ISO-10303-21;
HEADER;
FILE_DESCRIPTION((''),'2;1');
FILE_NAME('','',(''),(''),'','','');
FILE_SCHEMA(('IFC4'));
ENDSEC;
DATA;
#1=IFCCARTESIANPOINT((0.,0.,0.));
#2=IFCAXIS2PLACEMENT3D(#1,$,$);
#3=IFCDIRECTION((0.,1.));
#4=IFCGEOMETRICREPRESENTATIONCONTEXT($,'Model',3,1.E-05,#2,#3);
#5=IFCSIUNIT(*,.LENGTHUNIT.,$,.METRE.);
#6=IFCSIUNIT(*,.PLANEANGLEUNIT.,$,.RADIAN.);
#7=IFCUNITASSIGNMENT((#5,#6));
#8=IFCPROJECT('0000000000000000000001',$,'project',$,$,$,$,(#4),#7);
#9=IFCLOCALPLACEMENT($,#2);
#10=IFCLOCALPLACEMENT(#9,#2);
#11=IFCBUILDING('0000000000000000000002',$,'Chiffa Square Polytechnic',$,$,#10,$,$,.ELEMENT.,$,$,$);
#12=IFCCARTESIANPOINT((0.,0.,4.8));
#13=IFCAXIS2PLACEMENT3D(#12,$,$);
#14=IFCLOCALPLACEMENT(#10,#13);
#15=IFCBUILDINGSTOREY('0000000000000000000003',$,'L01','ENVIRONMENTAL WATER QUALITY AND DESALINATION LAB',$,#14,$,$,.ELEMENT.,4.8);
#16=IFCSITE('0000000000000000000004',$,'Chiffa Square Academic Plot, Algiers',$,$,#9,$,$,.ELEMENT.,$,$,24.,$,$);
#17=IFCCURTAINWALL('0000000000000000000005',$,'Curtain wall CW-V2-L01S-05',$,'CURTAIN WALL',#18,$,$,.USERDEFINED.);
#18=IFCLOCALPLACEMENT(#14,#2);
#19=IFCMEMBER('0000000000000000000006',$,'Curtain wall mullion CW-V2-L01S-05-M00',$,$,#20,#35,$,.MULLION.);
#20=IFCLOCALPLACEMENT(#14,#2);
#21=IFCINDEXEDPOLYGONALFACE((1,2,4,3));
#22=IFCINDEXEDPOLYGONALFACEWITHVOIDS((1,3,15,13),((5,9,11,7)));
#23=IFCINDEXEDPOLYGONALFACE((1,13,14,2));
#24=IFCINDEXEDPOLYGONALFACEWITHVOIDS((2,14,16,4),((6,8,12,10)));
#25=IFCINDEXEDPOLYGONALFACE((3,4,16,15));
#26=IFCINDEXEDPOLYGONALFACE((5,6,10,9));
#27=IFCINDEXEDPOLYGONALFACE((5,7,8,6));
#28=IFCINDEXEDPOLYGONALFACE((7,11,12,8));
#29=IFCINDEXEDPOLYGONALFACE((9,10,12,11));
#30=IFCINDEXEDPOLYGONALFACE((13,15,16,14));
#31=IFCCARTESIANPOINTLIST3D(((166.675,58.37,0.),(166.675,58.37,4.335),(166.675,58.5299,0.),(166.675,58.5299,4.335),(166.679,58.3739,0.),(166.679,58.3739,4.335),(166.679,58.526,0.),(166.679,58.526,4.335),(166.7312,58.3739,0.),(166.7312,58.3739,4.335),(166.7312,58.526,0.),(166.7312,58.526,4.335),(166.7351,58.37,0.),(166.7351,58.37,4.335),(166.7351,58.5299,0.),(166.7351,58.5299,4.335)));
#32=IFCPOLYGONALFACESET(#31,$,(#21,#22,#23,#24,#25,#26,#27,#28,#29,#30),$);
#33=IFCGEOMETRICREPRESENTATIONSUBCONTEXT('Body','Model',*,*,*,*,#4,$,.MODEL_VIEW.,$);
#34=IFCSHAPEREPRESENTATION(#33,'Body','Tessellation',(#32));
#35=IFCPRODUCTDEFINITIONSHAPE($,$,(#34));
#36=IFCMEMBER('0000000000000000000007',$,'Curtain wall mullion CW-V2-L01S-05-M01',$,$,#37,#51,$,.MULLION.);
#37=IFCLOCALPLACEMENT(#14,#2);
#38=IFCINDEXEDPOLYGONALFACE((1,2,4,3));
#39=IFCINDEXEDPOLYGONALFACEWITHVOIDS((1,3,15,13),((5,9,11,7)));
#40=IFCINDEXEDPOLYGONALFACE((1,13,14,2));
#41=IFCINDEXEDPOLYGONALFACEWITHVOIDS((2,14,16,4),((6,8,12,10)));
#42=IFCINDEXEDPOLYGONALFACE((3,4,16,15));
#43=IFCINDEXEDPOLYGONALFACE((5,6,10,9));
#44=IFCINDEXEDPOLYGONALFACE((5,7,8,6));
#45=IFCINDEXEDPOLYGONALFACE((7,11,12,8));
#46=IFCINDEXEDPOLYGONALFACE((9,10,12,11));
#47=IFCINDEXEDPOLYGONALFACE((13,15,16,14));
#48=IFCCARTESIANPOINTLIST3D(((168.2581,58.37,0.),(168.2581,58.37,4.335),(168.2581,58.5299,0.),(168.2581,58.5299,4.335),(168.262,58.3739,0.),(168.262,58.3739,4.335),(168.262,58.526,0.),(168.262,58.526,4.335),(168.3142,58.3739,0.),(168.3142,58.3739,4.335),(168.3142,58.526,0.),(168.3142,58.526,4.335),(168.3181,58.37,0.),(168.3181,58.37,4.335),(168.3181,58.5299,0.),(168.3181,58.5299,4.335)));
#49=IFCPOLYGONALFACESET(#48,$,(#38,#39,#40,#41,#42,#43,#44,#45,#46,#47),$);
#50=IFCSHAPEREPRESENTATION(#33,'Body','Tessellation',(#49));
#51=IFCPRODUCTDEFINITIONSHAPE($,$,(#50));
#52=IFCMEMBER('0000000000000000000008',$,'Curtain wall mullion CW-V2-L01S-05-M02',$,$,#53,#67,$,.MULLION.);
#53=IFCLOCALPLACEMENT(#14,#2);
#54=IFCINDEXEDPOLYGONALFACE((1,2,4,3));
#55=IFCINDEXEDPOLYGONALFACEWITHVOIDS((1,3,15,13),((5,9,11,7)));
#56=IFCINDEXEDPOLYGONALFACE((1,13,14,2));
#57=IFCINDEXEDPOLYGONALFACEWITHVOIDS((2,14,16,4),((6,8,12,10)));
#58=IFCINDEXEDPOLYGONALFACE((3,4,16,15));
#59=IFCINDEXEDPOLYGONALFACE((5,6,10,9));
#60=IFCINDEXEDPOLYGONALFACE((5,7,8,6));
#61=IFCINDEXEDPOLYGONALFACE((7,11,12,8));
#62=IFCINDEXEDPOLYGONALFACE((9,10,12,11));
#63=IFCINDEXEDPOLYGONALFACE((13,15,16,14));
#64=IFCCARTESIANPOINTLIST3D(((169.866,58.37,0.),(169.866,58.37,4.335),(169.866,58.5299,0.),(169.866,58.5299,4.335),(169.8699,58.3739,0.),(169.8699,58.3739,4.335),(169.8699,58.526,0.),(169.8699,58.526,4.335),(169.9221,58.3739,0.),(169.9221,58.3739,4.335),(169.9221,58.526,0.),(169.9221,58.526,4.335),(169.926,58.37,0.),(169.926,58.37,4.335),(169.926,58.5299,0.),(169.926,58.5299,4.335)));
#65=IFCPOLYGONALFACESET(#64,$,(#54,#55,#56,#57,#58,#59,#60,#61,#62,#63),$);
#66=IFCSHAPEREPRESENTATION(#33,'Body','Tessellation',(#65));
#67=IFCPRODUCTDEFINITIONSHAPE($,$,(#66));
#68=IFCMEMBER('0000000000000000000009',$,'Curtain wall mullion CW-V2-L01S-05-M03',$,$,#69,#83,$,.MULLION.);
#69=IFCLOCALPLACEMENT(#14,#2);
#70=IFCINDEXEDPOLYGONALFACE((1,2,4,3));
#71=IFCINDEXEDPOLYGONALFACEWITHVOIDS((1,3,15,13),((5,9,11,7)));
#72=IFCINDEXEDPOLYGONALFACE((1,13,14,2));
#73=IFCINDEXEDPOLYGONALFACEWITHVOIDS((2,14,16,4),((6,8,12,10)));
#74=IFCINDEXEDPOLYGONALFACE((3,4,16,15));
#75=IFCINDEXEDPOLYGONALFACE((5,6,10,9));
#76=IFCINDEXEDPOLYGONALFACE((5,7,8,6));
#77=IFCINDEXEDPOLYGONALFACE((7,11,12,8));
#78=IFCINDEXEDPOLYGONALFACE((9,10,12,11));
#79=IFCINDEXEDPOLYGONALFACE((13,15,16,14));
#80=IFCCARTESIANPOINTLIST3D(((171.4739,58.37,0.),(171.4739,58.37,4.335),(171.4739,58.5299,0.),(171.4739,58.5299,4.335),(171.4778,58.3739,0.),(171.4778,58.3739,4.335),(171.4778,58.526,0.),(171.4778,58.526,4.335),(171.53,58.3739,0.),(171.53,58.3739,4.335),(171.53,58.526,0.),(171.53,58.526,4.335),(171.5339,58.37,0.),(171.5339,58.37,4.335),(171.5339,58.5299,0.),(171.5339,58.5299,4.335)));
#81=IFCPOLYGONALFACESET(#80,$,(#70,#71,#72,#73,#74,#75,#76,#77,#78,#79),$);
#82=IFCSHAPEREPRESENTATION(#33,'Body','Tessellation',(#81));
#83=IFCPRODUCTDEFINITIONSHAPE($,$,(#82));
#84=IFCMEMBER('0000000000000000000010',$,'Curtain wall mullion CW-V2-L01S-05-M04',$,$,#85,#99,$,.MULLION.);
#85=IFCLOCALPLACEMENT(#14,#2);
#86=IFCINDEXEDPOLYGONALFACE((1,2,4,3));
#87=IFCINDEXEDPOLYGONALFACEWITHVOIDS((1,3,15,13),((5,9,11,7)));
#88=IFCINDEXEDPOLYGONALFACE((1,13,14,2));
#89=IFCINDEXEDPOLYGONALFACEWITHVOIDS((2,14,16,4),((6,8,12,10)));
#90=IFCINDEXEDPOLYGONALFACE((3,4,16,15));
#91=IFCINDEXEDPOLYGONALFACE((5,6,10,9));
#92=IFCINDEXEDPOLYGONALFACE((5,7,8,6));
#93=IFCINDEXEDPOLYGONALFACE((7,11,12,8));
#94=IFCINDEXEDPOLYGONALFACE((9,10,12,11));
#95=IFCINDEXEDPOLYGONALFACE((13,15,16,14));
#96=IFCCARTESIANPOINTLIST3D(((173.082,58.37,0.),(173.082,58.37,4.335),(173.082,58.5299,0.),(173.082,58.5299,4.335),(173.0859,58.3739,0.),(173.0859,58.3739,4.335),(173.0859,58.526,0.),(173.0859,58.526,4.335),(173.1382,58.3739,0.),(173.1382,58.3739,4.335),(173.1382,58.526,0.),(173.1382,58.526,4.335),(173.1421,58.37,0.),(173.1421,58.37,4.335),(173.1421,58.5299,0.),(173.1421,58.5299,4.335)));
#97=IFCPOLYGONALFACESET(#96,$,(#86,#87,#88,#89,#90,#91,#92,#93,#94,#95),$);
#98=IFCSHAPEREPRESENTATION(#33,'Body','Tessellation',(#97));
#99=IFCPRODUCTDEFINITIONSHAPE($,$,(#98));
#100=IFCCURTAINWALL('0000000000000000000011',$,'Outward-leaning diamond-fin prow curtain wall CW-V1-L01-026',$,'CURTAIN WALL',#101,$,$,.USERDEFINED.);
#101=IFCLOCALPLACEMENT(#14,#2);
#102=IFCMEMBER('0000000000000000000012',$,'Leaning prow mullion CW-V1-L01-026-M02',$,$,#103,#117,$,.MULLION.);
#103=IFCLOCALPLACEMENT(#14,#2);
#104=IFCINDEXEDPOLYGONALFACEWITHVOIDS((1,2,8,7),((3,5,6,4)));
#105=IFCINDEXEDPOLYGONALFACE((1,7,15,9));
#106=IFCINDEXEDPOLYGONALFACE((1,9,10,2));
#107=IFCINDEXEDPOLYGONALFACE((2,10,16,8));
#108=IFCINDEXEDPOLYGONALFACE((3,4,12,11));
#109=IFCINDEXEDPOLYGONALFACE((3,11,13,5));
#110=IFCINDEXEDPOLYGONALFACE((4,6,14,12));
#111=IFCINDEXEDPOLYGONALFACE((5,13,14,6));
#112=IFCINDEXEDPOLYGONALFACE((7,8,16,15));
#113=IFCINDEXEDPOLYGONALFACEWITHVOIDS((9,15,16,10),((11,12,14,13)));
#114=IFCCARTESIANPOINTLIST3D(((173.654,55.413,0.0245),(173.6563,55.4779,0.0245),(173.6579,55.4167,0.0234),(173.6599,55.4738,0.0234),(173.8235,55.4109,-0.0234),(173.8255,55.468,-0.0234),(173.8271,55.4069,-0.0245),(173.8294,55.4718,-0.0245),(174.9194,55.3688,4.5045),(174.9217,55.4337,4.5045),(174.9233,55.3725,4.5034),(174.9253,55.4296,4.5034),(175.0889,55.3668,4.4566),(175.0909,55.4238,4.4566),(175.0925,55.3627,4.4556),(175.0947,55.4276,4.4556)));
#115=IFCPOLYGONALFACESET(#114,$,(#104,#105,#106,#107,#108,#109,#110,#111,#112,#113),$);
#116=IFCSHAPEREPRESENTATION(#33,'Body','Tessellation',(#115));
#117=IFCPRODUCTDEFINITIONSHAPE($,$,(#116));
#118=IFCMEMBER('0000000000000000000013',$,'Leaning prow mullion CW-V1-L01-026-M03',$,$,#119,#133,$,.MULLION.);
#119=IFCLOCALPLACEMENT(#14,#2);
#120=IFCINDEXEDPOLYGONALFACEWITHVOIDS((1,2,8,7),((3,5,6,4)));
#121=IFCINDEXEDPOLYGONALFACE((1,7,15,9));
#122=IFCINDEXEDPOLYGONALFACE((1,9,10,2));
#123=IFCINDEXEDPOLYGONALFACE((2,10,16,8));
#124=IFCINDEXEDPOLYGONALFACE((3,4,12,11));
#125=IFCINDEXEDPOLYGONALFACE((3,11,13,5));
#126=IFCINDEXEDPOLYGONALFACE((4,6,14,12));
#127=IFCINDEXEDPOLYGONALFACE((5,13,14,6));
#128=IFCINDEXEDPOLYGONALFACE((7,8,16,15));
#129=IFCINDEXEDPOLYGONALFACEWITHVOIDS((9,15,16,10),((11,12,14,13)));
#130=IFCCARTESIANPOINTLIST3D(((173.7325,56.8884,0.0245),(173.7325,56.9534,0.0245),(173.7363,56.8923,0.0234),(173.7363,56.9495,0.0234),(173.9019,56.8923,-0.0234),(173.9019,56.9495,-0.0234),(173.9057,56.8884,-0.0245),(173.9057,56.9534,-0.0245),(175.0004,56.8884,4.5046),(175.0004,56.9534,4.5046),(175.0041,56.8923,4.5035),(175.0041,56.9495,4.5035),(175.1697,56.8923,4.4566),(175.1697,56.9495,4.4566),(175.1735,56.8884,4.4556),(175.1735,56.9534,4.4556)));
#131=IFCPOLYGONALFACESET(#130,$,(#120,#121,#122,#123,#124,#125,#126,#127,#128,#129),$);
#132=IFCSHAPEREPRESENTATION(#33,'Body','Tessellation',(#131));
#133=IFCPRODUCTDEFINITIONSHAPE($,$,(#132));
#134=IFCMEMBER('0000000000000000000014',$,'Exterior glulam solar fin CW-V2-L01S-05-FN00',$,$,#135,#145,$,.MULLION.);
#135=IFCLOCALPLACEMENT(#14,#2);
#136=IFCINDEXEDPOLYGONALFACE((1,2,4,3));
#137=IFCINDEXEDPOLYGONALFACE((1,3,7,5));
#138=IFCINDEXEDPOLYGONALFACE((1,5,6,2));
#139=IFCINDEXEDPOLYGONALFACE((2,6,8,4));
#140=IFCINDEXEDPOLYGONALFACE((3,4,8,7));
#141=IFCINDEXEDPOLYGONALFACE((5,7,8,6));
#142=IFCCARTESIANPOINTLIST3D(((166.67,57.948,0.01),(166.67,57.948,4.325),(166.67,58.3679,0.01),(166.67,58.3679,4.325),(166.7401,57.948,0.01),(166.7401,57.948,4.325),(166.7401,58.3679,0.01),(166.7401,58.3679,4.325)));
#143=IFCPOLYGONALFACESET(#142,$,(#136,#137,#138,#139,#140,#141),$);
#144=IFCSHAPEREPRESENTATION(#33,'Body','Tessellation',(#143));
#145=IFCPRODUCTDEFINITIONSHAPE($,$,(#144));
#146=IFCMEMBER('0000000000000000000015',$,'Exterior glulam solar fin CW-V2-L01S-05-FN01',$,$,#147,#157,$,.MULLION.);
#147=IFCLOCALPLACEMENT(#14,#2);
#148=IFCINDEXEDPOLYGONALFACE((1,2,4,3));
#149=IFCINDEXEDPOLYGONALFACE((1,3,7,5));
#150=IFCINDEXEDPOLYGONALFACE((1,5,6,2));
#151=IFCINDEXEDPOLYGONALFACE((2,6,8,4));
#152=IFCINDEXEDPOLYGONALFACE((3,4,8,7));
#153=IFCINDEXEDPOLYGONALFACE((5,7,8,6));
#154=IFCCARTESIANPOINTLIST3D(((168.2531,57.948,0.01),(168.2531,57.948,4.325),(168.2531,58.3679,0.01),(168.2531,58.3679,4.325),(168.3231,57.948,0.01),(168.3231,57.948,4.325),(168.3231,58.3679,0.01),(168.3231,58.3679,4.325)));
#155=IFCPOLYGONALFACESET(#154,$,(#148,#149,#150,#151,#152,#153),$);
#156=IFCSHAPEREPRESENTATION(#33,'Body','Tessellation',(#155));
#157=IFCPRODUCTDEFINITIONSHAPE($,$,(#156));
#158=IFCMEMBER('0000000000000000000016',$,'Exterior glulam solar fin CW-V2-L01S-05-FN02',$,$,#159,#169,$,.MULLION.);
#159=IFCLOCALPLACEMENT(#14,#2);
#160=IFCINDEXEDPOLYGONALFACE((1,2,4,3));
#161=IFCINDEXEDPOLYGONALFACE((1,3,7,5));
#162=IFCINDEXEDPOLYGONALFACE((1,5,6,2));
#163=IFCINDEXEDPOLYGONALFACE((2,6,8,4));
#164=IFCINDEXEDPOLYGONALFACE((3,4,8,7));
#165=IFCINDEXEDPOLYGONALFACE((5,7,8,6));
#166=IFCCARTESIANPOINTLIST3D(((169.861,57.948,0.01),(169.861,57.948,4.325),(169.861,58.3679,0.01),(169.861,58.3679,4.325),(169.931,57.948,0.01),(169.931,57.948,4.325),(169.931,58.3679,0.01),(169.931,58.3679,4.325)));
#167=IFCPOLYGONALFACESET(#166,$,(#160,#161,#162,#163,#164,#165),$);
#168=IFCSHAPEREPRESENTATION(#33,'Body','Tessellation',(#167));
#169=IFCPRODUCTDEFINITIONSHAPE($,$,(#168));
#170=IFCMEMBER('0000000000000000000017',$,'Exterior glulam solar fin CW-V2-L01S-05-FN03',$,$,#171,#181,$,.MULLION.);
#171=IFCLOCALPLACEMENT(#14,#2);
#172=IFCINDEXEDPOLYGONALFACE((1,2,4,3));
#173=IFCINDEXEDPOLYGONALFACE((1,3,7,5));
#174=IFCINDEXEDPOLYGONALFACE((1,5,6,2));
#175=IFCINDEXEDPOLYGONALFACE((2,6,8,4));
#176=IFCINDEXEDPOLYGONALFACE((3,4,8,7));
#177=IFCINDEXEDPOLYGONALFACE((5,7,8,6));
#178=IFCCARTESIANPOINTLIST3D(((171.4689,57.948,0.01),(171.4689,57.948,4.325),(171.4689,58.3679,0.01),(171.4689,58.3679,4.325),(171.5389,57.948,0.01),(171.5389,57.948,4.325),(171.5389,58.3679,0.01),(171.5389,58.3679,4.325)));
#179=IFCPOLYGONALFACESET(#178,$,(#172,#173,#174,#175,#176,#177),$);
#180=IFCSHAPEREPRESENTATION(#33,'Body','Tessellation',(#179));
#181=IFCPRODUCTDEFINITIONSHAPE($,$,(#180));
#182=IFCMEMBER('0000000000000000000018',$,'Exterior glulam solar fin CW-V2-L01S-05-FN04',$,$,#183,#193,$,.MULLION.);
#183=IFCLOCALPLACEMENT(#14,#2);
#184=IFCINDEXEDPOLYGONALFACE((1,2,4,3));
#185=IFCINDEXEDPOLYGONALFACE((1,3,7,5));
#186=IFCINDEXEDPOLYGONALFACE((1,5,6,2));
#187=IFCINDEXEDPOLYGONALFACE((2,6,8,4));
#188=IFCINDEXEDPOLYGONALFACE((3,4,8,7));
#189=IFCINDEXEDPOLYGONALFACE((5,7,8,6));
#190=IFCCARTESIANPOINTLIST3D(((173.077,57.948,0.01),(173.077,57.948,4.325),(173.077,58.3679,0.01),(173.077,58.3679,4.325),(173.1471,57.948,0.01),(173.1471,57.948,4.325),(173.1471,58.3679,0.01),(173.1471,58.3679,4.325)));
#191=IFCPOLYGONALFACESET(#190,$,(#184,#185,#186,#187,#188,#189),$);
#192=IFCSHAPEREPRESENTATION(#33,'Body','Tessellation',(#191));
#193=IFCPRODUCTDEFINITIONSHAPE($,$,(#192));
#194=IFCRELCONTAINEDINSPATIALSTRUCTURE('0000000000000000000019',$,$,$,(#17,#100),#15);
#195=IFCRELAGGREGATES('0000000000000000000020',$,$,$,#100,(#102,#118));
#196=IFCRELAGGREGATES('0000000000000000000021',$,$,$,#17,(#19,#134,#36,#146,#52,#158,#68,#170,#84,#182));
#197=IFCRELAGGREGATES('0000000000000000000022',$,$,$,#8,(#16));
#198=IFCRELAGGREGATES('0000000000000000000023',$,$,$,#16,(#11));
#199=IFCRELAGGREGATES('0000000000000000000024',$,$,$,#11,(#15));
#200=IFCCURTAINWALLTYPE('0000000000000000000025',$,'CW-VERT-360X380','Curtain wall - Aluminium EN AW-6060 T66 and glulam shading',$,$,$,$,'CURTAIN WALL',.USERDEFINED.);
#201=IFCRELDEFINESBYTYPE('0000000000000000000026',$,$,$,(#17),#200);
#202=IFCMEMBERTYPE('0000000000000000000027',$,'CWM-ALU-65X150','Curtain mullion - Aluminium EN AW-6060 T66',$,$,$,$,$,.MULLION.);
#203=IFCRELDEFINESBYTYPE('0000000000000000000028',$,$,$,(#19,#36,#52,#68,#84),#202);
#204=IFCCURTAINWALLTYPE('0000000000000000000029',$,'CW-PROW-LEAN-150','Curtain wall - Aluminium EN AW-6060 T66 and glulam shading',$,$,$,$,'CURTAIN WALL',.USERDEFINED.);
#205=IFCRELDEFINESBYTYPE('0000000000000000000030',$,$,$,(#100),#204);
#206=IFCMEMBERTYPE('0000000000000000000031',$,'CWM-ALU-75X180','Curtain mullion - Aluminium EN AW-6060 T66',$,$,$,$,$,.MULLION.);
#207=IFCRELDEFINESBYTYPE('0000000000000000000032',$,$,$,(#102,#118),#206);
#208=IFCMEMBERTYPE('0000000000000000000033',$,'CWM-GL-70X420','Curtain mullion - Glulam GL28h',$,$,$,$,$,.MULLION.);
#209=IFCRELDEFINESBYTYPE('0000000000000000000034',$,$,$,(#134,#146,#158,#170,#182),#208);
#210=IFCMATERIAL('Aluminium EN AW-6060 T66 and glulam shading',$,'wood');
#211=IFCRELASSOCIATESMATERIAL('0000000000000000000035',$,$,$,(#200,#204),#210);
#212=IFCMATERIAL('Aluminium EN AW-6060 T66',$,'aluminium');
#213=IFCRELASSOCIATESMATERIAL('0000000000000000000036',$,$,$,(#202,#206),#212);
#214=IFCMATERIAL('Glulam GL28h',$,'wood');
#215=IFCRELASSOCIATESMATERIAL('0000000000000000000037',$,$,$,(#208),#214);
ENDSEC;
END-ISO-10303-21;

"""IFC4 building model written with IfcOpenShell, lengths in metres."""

from ifc_helpers import new_model, si_unit, direction, frame, origin, origin_2d, place, context, subcontext, project, spatial, rectangle, hollow_rectangle, extrude, material, material_profile, profile_set, type_object, element, aggregate, save


model = new_model("IFC4")

# Units and contexts
model_context = context("Model", 3, precision=1e-05, world=origin(), true_north=direction((0.0, 1.0)))
body_context = subcontext(model_context, "Body", "Model", "MODEL_VIEW")
ifc_project = project(units=[si_unit("LENGTHUNIT", "METRE"), si_unit("PLANEANGLEUNIT", "RADIAN")], contexts=[model_context])

# Site, building, storey
site_placement = place(None, origin())
site = spatial("IfcSite", under=ifc_project, at=site_placement, Name="Chiffa Square Academic Plot, Algiers", CompositionType="ELEMENT", RefElevation=24.0)
building_placement = place(site_placement, origin())
building = spatial("IfcBuilding", under=site, at=building_placement, Name="Chiffa Square Polytechnic", CompositionType="ELEMENT")
storey_placement = place(building_placement, frame((0.0, 0.0, 4.8)))
storey = spatial("IfcBuildingStorey", under=building, at=storey_placement, Name="L01", Description="ENVIRONMENTAL WATER QUALITY AND DESALINATION LAB", CompositionType="ELEMENT", Elevation=4.8)

# Curtain walls, members
ifc_material_1 = material(Name="Aluminium EN AW-6060 T66 and glulam shading", Category="wood")
curtain_wall_type_1 = type_object("IfcCurtainWallType", Name="CW-VERT-360X380", Description="Curtain wall - Aluminium EN AW-6060 T66 and glulam shading", ElementType="CURTAIN WALL", PredefinedType="USERDEFINED", material=ifc_material_1)
curtain_wall_1_placement = place(storey_placement, origin())
curtain_wall_1 = element("IfcCurtainWall", 1, at=curtain_wall_1_placement, inside=storey, type_object=curtain_wall_type_1, Name="Curtain wall CW-V2-L01S-05", ObjectType="CURTAIN WALL", PredefinedType="USERDEFINED")
ifc_material_2 = material(Name="Aluminium EN AW-6060 T66", Category="aluminium")
ifc_material_profile_1 = material_profile(ifc_material_2, hollow_rectangle(XDim=0.0601, YDim=0.1599, WallThickness=0.0039, at=origin_2d()), Name="ALU 60x160x4")
ifc_profile_set_1 = profile_set([ifc_material_profile_1], Name="Aluminium EN AW-6060 T66")
member_type_1 = type_object("IfcMemberType", Name="CWM-ALU-65X150", Description="Curtain mullion - Aluminium EN AW-6060 T66", PredefinedType="MULLION", material=ifc_profile_set_1)
member_1_placement = place(storey_placement, frame((166.7051, 58.45, 0.0), z_axis=(0.0, 0.0, 1.0), x_axis=(1.0, 0.0, 0.0)))
member_1 = element("IfcMember", 2, at=member_1_placement, type_object=member_type_1, Name="Curtain wall mullion CW-V2-L01S-05-M00", PredefinedType="MULLION", context=body_context, shape_type="SweptSolid", body=[
    extrude(hollow_rectangle(XDim=0.0601, YDim=0.1599, WallThickness=0.0039, at=origin_2d()), origin(), (0.0, 0.0, 1.0), 4.335),
])
member_2_placement = place(storey_placement, frame((168.2881, 58.45, 0.0), z_axis=(0.0, 0.0, 1.0), x_axis=(1.0, 0.0, 0.0)))
member_2 = element("IfcMember", 3, at=member_2_placement, type_object=member_type_1, Name="Curtain wall mullion CW-V2-L01S-05-M01", PredefinedType="MULLION", context=body_context, shape_type="SweptSolid", body=[
    extrude(hollow_rectangle(XDim=0.0601, YDim=0.1599, WallThickness=0.0039, at=origin_2d()), origin(), (0.0, 0.0, 1.0), 4.335),
])
member_3_placement = place(storey_placement, frame((169.896, 58.45, 0.0), z_axis=(0.0, 0.0, 1.0), x_axis=(1.0, 0.0, 0.0)))
member_3 = element("IfcMember", 4, at=member_3_placement, type_object=member_type_1, Name="Curtain wall mullion CW-V2-L01S-05-M02", PredefinedType="MULLION", context=body_context, shape_type="SweptSolid", body=[
    extrude(hollow_rectangle(XDim=0.0601, YDim=0.1599, WallThickness=0.0039, at=origin_2d()), origin(), (0.0, 0.0, 1.0), 4.335),
])
member_4_placement = place(storey_placement, frame((171.5039, 58.45, 0.0), z_axis=(0.0, 0.0, 1.0), x_axis=(1.0, 0.0, 0.0)))
member_4 = element("IfcMember", 5, at=member_4_placement, type_object=member_type_1, Name="Curtain wall mullion CW-V2-L01S-05-M03", PredefinedType="MULLION", context=body_context, shape_type="SweptSolid", body=[
    extrude(hollow_rectangle(XDim=0.0601, YDim=0.1599, WallThickness=0.0039, at=origin_2d()), origin(), (0.0, 0.0, 1.0), 4.335),
])
member_5_placement = place(storey_placement, frame((173.1121, 58.45, 0.0), z_axis=(0.0, 0.0, 1.0), x_axis=(1.0, 0.0, 0.0)))
member_5 = element("IfcMember", 6, at=member_5_placement, type_object=member_type_1, Name="Curtain wall mullion CW-V2-L01S-05-M04", PredefinedType="MULLION", context=body_context, shape_type="SweptSolid", body=[
    extrude(hollow_rectangle(XDim=0.0601, YDim=0.1599, WallThickness=0.0039, at=origin_2d()), origin(), (0.0, 0.0, 1.0), 4.335),
])
curtain_wall_type_2 = type_object("IfcCurtainWallType", Name="CW-PROW-LEAN-150", Description="Curtain wall - Aluminium EN AW-6060 T66 and glulam shading", ElementType="CURTAIN WALL", PredefinedType="USERDEFINED", material=ifc_material_1)
curtain_wall_2_placement = place(storey_placement, origin())
curtain_wall_2 = element("IfcCurtainWall", 7, at=curtain_wall_2_placement, inside=storey, type_object=curtain_wall_type_2, Name="Outward-leaning diamond-fin prow curtain wall CW-V1-L01-026", ObjectType="CURTAIN WALL", PredefinedType="USERDEFINED")
ifc_material_profile_2 = material_profile(ifc_material_2, hollow_rectangle(XDim=0.0649, YDim=0.1799, WallThickness=0.0039, at=origin_2d()), Name="ALU 65x180x4")
ifc_profile_set_2 = profile_set([ifc_material_profile_2], Name="Aluminium EN AW-6060 T66")
member_type_2 = type_object("IfcMemberType", Name="CWM-ALU-75X180", Description="Curtain mullion - Aluminium EN AW-6060 T66", PredefinedType="MULLION", material=ifc_profile_set_2)
member_6_placement = place(storey_placement, frame((173.7417, 55.4424, 0.0), z_axis=(0.271805, -0.009492, 0.962305), x_axis=(0.034901, 0.999391, 0.0)))
member_6 = element("IfcMember", 8, at=member_6_placement, type_object=member_type_2, Name="Leaning prow mullion CW-V1-L01-026-M02", PredefinedType="MULLION", context=body_context, shape_type="SweptSolid", body=[
    extrude(hollow_rectangle(XDim=0.0649, YDim=0.1799, WallThickness=0.0039, at=origin_2d()), origin(), (0.0, 0.0, 1.0), 4.6555),
])
member_7_placement = place(storey_placement, frame((173.8191, 56.9209, 0.0), z_axis=(0.272303, 0.0, 0.962211), x_axis=(0.0, 1.0, 0.0)))
member_7 = element("IfcMember", 9, at=member_7_placement, type_object=member_type_2, Name="Leaning prow mullion CW-V1-L01-026-M03", PredefinedType="MULLION", context=body_context, shape_type="SweptSolid", body=[
    extrude(hollow_rectangle(XDim=0.0649, YDim=0.1799, WallThickness=0.0039, at=origin_2d()), origin(), (0.0, 0.0, 1.0), 4.656),
])

# Members
ifc_material_3 = material(Name="Glulam GL28h", Category="wood")
ifc_material_profile_3 = material_profile(ifc_material_3, rectangle(XDim=0.0701, YDim=0.4199, at=origin_2d()), Name="GL28h 70x420")
ifc_profile_set_3 = profile_set([ifc_material_profile_3], Name="Glulam GL28h")
member_type_3 = type_object("IfcMemberType", Name="CWM-GL-70X420", Description="Curtain mullion - Glulam GL28h", PredefinedType="MULLION", material=ifc_profile_set_3)
member_8_placement = place(storey_placement, frame((166.7051, 58.158, 0.01), z_axis=(0.0, 0.0, 1.0), x_axis=(1.0, 0.0, 0.0)))
member_8 = element("IfcMember", 10, at=member_8_placement, type_object=member_type_3, Name="Exterior glulam solar fin CW-V2-L01S-05-FN00", PredefinedType="MULLION", context=body_context, shape_type="SweptSolid", body=[
    extrude(rectangle(XDim=0.0701, YDim=0.4199, at=origin_2d()), origin(), (0.0, 0.0, 1.0), 4.3149),
])
member_9_placement = place(storey_placement, frame((168.2881, 58.158, 0.01), z_axis=(0.0, 0.0, 1.0), x_axis=(1.0, 0.0, 0.0)))
member_9 = element("IfcMember", 11, at=member_9_placement, type_object=member_type_3, Name="Exterior glulam solar fin CW-V2-L01S-05-FN01", PredefinedType="MULLION", context=body_context, shape_type="SweptSolid", body=[
    extrude(rectangle(XDim=0.0701, YDim=0.4199, at=origin_2d()), origin(), (0.0, 0.0, 1.0), 4.3149),
])
member_10_placement = place(storey_placement, frame((169.896, 58.158, 0.01), z_axis=(0.0, 0.0, 1.0), x_axis=(1.0, 0.0, 0.0)))
member_10 = element("IfcMember", 12, at=member_10_placement, type_object=member_type_3, Name="Exterior glulam solar fin CW-V2-L01S-05-FN02", PredefinedType="MULLION", context=body_context, shape_type="SweptSolid", body=[
    extrude(rectangle(XDim=0.0701, YDim=0.4199, at=origin_2d()), origin(), (0.0, 0.0, 1.0), 4.3149),
])
member_11_placement = place(storey_placement, frame((171.5039, 58.158, 0.01), z_axis=(0.0, 0.0, 1.0), x_axis=(1.0, 0.0, 0.0)))
member_11 = element("IfcMember", 13, at=member_11_placement, type_object=member_type_3, Name="Exterior glulam solar fin CW-V2-L01S-05-FN03", PredefinedType="MULLION", context=body_context, shape_type="SweptSolid", body=[
    extrude(rectangle(XDim=0.0701, YDim=0.4199, at=origin_2d()), origin(), (0.0, 0.0, 1.0), 4.3149),
])
member_12_placement = place(storey_placement, frame((173.1121, 58.158, 0.01), z_axis=(0.0, 0.0, 1.0), x_axis=(1.0, 0.0, 0.0)))
member_12 = element("IfcMember", 14, at=member_12_placement, type_object=member_type_3, Name="Exterior glulam solar fin CW-V2-L01S-05-FN04", PredefinedType="MULLION", context=body_context, shape_type="SweptSolid", body=[
    extrude(rectangle(XDim=0.0701, YDim=0.4199, at=origin_2d()), origin(), (0.0, 0.0, 1.0), 4.3149),
])

aggregate(curtain_wall_2, [member_6, member_7])
aggregate(curtain_wall_1, [member_1, member_8, member_2, member_9, member_3, member_10, member_4, member_11, member_5, member_12])

save(model, "model.ifc")
